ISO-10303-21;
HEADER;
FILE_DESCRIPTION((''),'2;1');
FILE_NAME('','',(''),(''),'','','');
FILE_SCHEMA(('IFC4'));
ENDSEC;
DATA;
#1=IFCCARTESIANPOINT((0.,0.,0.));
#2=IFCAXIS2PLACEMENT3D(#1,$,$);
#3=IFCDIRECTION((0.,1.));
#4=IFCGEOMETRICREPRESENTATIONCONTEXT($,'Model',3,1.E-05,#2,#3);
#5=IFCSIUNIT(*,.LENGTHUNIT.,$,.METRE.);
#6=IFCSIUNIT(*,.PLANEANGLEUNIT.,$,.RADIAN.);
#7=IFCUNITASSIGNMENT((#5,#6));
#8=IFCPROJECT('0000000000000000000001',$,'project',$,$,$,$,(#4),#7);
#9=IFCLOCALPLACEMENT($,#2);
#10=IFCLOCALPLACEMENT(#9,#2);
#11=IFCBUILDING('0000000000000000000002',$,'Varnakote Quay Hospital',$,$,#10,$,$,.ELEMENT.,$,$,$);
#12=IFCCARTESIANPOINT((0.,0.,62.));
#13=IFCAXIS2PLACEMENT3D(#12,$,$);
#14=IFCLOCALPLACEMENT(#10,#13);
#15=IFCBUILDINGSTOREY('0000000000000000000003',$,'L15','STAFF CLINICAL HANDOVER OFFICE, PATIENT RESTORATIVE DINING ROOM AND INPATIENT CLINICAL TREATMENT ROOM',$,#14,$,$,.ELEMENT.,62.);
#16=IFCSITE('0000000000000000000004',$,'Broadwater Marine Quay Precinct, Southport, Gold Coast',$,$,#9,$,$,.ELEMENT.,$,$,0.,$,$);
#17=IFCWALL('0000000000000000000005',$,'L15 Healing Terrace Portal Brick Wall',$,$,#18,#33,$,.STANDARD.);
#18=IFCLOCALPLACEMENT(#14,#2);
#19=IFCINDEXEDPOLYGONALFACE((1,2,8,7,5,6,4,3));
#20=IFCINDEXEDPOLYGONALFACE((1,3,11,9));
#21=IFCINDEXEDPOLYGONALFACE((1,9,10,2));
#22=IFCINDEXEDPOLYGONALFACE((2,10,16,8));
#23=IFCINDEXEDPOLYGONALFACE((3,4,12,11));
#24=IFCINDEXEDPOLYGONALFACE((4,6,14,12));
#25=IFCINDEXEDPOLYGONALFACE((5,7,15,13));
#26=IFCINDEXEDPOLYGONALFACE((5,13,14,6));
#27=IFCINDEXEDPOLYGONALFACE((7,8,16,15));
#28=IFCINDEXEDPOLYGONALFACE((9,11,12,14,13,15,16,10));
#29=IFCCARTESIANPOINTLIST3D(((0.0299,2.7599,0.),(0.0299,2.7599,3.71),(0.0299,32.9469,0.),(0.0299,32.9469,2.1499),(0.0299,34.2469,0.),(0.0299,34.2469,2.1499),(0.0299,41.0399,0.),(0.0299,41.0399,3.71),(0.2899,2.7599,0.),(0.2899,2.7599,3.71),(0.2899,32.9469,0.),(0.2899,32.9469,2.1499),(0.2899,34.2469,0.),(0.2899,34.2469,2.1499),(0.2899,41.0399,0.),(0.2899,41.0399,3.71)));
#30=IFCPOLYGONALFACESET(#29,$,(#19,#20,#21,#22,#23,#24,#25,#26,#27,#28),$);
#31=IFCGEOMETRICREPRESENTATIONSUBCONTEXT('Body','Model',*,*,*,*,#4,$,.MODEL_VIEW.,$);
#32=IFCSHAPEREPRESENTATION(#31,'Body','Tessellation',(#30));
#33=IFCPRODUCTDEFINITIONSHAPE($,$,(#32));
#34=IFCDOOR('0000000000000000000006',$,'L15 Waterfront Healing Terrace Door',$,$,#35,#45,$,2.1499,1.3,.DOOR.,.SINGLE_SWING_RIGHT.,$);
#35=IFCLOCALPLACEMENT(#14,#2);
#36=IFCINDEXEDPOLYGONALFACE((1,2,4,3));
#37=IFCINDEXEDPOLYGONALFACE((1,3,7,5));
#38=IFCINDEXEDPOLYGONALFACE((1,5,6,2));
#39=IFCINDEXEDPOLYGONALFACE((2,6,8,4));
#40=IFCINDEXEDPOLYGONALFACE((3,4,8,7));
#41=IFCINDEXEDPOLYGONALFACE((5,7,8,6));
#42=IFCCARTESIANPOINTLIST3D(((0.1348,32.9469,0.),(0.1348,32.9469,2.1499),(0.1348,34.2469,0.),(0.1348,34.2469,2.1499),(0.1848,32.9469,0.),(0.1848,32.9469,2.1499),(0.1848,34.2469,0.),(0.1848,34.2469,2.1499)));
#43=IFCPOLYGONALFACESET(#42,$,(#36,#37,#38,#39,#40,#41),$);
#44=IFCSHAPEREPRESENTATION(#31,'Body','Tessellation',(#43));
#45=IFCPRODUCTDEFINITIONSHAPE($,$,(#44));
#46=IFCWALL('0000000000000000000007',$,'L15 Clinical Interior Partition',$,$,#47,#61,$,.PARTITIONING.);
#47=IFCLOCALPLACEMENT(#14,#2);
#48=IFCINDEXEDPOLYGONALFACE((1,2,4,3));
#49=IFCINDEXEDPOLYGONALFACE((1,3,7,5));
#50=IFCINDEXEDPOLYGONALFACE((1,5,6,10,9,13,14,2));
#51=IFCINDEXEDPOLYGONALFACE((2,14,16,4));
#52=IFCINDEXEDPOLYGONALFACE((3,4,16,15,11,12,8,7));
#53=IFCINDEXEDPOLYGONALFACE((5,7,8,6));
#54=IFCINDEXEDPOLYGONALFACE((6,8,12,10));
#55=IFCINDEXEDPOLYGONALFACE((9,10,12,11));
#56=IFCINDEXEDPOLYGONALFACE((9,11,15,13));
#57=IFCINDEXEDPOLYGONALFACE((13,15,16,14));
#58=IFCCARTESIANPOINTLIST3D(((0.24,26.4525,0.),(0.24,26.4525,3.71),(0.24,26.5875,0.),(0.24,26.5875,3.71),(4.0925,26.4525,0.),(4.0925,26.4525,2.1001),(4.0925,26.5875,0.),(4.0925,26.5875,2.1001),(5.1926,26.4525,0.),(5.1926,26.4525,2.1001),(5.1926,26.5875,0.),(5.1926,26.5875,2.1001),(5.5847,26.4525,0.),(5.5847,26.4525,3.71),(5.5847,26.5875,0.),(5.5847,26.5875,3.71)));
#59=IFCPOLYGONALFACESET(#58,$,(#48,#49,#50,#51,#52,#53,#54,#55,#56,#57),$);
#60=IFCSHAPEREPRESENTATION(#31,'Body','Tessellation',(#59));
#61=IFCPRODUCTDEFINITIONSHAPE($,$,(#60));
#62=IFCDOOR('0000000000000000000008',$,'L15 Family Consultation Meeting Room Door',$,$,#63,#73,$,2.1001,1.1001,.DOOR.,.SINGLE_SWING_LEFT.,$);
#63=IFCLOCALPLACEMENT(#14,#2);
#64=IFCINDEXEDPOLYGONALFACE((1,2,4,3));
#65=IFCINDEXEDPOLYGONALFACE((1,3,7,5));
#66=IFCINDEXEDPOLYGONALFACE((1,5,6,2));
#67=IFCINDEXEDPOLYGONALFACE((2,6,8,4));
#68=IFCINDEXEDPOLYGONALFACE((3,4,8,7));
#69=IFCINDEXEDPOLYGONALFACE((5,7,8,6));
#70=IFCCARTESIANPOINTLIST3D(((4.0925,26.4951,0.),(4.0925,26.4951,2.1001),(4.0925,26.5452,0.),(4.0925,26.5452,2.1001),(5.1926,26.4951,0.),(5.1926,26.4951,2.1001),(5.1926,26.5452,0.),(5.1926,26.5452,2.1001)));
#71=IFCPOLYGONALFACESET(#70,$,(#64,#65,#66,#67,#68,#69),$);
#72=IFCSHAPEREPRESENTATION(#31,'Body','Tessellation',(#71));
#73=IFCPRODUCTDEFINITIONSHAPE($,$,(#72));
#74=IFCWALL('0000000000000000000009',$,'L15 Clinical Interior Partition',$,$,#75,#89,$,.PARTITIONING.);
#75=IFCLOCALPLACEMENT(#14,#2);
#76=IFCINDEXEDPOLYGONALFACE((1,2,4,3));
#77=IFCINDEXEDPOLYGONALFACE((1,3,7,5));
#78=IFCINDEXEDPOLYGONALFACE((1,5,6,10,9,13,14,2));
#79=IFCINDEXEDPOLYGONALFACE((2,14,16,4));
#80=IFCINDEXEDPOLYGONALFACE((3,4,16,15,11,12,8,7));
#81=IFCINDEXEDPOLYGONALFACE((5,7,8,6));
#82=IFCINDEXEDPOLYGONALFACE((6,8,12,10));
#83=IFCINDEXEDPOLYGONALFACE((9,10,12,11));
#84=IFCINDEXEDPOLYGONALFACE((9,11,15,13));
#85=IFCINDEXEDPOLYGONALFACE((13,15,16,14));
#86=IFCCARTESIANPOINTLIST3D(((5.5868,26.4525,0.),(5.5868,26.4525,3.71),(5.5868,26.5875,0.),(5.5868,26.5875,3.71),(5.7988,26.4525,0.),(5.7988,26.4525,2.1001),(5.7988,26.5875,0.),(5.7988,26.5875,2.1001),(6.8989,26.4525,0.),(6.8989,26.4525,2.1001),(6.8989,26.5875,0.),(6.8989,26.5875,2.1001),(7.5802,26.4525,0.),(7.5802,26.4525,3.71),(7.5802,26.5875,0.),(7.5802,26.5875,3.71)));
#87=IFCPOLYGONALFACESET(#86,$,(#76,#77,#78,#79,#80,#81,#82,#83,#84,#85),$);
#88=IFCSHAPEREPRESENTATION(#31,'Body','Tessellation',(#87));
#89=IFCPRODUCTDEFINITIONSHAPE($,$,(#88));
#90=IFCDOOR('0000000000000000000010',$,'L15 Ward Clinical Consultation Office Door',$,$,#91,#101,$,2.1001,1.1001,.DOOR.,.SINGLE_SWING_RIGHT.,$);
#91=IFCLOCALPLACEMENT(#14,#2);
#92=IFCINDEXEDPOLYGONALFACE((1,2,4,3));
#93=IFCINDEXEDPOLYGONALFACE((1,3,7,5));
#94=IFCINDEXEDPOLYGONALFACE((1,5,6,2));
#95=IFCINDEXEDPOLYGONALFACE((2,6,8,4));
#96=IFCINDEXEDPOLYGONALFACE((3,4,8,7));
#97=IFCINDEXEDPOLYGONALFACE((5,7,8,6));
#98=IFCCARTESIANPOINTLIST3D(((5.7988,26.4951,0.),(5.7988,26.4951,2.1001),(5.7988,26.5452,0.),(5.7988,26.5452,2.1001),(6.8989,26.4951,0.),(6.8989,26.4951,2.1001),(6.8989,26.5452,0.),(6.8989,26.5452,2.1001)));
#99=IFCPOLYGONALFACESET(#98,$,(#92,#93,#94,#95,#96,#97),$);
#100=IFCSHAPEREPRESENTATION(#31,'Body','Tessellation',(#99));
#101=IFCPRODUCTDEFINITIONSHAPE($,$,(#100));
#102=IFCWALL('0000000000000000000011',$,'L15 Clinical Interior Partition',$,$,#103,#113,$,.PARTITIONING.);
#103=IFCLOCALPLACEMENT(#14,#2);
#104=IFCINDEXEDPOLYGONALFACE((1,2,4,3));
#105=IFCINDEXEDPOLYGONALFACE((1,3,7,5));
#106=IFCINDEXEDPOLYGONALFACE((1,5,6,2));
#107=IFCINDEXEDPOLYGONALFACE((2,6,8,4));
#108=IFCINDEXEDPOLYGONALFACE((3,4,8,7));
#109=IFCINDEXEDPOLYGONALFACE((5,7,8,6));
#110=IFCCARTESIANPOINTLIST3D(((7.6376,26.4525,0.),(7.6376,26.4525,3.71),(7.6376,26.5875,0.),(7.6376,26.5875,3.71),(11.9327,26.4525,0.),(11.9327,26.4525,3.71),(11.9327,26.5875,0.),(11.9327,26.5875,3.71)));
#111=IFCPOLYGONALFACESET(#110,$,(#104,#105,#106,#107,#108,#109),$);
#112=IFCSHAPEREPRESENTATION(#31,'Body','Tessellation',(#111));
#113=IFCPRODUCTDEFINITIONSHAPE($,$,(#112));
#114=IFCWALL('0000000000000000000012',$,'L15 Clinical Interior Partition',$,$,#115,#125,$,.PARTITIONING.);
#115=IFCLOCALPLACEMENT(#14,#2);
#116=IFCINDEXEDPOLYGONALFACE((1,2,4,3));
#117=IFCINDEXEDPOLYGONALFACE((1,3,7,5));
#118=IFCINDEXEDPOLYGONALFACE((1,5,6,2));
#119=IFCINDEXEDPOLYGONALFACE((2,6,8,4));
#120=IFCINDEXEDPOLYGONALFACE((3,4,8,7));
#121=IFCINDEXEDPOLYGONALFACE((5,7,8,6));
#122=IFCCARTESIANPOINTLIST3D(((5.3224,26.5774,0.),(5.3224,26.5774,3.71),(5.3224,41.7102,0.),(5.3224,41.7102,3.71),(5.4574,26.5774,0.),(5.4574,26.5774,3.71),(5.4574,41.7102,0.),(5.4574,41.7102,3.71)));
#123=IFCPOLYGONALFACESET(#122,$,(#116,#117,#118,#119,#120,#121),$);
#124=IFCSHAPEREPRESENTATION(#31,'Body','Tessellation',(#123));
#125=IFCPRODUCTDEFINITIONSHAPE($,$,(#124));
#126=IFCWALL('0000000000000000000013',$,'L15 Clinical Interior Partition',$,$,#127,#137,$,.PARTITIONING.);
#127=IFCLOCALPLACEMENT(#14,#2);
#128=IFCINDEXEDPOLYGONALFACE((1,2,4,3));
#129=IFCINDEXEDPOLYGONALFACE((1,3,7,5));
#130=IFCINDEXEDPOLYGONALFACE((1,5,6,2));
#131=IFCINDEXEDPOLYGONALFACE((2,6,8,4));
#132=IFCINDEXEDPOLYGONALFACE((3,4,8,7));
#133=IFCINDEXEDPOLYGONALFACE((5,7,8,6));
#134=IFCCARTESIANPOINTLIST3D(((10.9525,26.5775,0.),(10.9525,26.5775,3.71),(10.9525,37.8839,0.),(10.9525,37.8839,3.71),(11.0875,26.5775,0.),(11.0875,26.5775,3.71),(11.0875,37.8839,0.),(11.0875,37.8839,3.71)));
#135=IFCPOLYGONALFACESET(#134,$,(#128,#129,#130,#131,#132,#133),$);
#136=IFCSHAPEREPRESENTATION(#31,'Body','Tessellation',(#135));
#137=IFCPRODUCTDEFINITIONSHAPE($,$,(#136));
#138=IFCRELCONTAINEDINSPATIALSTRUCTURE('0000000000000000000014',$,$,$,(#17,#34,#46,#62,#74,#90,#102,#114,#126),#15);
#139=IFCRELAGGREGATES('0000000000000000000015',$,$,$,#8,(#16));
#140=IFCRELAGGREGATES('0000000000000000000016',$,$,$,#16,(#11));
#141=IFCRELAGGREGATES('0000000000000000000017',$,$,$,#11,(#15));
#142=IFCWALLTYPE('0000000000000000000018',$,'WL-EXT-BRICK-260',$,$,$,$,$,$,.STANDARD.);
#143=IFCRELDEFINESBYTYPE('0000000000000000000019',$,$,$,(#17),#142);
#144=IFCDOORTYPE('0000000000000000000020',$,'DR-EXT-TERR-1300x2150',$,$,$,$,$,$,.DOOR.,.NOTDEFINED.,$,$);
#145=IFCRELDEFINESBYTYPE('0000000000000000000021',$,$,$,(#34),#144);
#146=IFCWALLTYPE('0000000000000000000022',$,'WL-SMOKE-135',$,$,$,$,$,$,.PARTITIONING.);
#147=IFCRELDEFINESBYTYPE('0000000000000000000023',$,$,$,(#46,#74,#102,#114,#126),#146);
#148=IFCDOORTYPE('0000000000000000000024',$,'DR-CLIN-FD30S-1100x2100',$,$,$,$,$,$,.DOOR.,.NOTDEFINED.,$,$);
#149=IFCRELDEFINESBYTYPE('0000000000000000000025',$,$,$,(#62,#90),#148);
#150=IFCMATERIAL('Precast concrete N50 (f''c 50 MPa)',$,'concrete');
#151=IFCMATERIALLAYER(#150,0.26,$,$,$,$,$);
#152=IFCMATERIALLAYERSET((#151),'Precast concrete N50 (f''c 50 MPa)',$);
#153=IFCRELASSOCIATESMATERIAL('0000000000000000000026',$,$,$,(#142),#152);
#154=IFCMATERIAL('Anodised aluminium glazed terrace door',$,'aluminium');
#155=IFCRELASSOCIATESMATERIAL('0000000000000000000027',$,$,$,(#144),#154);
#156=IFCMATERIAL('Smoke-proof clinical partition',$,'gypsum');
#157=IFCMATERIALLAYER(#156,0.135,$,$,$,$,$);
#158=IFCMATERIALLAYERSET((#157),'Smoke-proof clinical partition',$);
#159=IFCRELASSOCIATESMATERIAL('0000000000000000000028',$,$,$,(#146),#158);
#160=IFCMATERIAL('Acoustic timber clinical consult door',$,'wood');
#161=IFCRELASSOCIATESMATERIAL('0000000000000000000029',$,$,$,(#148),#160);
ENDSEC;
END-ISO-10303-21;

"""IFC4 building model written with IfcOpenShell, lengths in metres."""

from ifc_helpers import new_model, si_unit, direction, frame, frame_2d, origin, place, context, subcontext, project, spatial, rectangle, extrude, material, layer, layer_set, type_object, element, fill, save


model = new_model("IFC4")

# Units and contexts
model_context = context("Model", 3, precision=1e-05, world=origin(), true_north=direction((0.0, 1.0)))
body_context = subcontext(model_context, "Body", "Model", "MODEL_VIEW")
ifc_project = project(units=[si_unit("LENGTHUNIT", "METRE"), si_unit("PLANEANGLEUNIT", "RADIAN")], contexts=[model_context])

# Site, building, storey
site_placement = place(None, origin())
site = spatial("IfcSite", under=ifc_project, at=site_placement, Name="Broadwater Marine Quay Precinct, Southport, Gold Coast", CompositionType="ELEMENT", RefElevation=0.0)
building_placement = place(site_placement, origin())
building = spatial("IfcBuilding", under=site, at=building_placement, Name="Varnakote Quay Hospital", CompositionType="ELEMENT")
storey_placement = place(building_placement, frame((0.0, 0.0, 62.0)))
storey = spatial("IfcBuildingStorey", under=building, at=storey_placement, Name="L15", Description="STAFF CLINICAL HANDOVER OFFICE, PATIENT RESTORATIVE DINING ROOM AND INPATIENT CLINICAL TREATMENT ROOM", CompositionType="ELEMENT", Elevation=62.0)

# Shared definitions
ifc_material_1 = material(Name="Precast concrete N50 (f'c 50 MPa)", Category="concrete")
ifc_layer_1 = layer(ifc_material_1, 0.26)
ifc_layer_set_1 = layer_set([ifc_layer_1], Name="Precast concrete N50 (f'c 50 MPa)")
wall_type_1 = type_object("IfcWallType", Name="WL-EXT-BRICK-260", PredefinedType="STANDARD", material=ifc_layer_set_1)

# Walls, openings, doors
wall_1_placement = place(storey_placement, frame((0.1599, 41.04, 0.0), z_axis=(0.0, 0.0, 1.0), x_axis=(0.0, -1.0, 0.0)))
wall_1 = element("IfcWall", 1, at=wall_1_placement, inside=storey, type_object=wall_type_1, Name="L15 Healing Terrace Portal Brick Wall", PredefinedType="STANDARD", context=body_context, shape_type="SweptSolid", body=[
    extrude(rectangle(XDim=38.28, YDim=0.26, at=frame_2d((19.1401, 0.0))), origin(), (0.0, 0.0, 1.0), 3.71),
])
opening_1_placement = place(wall_1_placement, frame((6.7932, 0.0, 0.0)))
opening_1 = element("IfcOpeningElement", 2, at=opening_1_placement, cuts=wall_1, PredefinedType="OPENING", context=body_context, shape_type="SweptSolid", body=[
    extrude(rectangle(XDim=1.3, YDim=2.1499, at=frame_2d((0.6499, 1.075))), frame((0.0, 0.1399, 0.0), z_axis=(0.0, -1.0, 0.0), x_axis=(1.0, 0.0, 0.0)), (0.0, 0.0, 1.0), 0.28),
])
ifc_material_2 = material(Name="Anodised aluminium glazed terrace door", Category="aluminium")
door_type_1 = type_object("IfcDoorType", Name="DR-EXT-TERR-1300x2150", OperationType="NOTDEFINED", PredefinedType="DOOR", material=ifc_material_2)
door_1_placement = place(opening_1_placement, origin())
door_1 = element("IfcDoor", 3, at=door_1_placement, inside=storey, type_object=door_type_1, Name="L15 Waterfront Healing Terrace Door", OperationType="SINGLE_SWING_RIGHT", OverallHeight=2.1499, OverallWidth=1.3, PredefinedType="DOOR", context=body_context, shape_type="SweptSolid", body=[
    extrude(rectangle(XDim=1.3, YDim=2.1499, at=frame_2d((0.6499, 1.075))), frame((0.0, 0.0249, 0.0), z_axis=(0.0, -1.0, 0.0), x_axis=(1.0, 0.0, 0.0)), (0.0, 0.0, 1.0), 0.05),
])
fill(opening_1, door_1)
ifc_material_3 = material(Name="Smoke-proof clinical partition", Category="gypsum")
ifc_layer_2 = layer(ifc_material_3, 0.135)
ifc_layer_set_2 = layer_set([ifc_layer_2], Name="Smoke-proof clinical partition")
wall_type_2 = type_object("IfcWallType", Name="WL-SMOKE-135", PredefinedType="PARTITIONING", material=ifc_layer_set_2)
wall_2_placement = place(storey_placement, frame((5.5847, 26.52, 0.0), z_axis=(0.0, 0.0, 1.0), x_axis=(-1.0, 0.0, 0.0)))
wall_2 = element("IfcWall", 4, at=wall_2_placement, inside=storey, type_object=wall_type_2, Name="L15 Clinical Interior Partition", PredefinedType="PARTITIONING", context=body_context, shape_type="SweptSolid", body=[
    extrude(rectangle(XDim=5.3447, YDim=0.135, at=frame_2d((2.6724, 0.0))), origin(), (0.0, 0.0, 1.0), 3.71),
])
opening_2_placement = place(wall_2_placement, frame((0.3921, 0.0, 0.0)))
opening_2 = element("IfcOpeningElement", 5, at=opening_2_placement, cuts=wall_2, PredefinedType="OPENING", context=body_context, shape_type="SweptSolid", body=[
    extrude(rectangle(XDim=1.1001, YDim=2.1001, at=frame_2d((0.55, 1.05))), frame((0.0, 0.0774, 0.0), z_axis=(0.0, -1.0, 0.0), x_axis=(1.0, 0.0, 0.0)), (0.0, 0.0, 1.0), 0.155),
])
ifc_material_4 = material(Name="Acoustic timber clinical consult door", Category="wood")
door_type_2 = type_object("IfcDoorType", Name="DR-CLIN-FD30S-1100x2100", OperationType="NOTDEFINED", PredefinedType="DOOR", material=ifc_material_4)
door_2_placement = place(opening_2_placement, origin())
door_2 = element("IfcDoor", 6, at=door_2_placement, inside=storey, type_object=door_type_2, Name="L15 Family Consultation Meeting Room Door", OperationType="SINGLE_SWING_LEFT", OverallHeight=2.1001, OverallWidth=1.1001, PredefinedType="DOOR", context=body_context, shape_type="SweptSolid", body=[
    extrude(rectangle(XDim=1.1001, YDim=2.1001, at=frame_2d((0.55, 1.05))), frame((0.0, 0.0249, 0.0), z_axis=(0.0, -1.0, 0.0), x_axis=(1.0, 0.0, 0.0)), (0.0, 0.0, 1.0), 0.05),
])
fill(opening_2, door_2)
wall_3_placement = place(storey_placement, frame((7.5801, 26.52, 0.0), z_axis=(0.0, 0.0, 1.0), x_axis=(-1.0, 0.0, 0.0)))
wall_3 = element("IfcWall", 7, at=wall_3_placement, inside=storey, type_object=wall_type_2, Name="L15 Clinical Interior Partition", PredefinedType="PARTITIONING", context=body_context, shape_type="SweptSolid", body=[
    extrude(rectangle(XDim=1.9934, YDim=0.135, at=frame_2d((0.9966, 0.0))), origin(), (0.0, 0.0, 1.0), 3.71),
])
opening_3_placement = place(wall_3_placement, frame((0.6812, 0.0, 0.0)))
opening_3 = element("IfcOpeningElement", 8, at=opening_3_placement, cuts=wall_3, PredefinedType="OPENING", context=body_context, shape_type="SweptSolid", body=[
    extrude(rectangle(XDim=1.1001, YDim=2.1001, at=frame_2d((0.55, 1.05))), frame((0.0, 0.0774, 0.0), z_axis=(0.0, -1.0, 0.0), x_axis=(1.0, 0.0, 0.0)), (0.0, 0.0, 1.0), 0.155),
])
door_3_placement = place(opening_3_placement, origin())
door_3 = element("IfcDoor", 9, at=door_3_placement, inside=storey, type_object=door_type_2, Name="L15 Ward Clinical Consultation Office Door", OperationType="SINGLE_SWING_RIGHT", OverallHeight=2.1001, OverallWidth=1.1001, PredefinedType="DOOR", context=body_context, shape_type="SweptSolid", body=[
    extrude(rectangle(XDim=1.1001, YDim=2.1001, at=frame_2d((0.55, 1.05))), frame((0.0, 0.0249, 0.0), z_axis=(0.0, -1.0, 0.0), x_axis=(1.0, 0.0, 0.0)), (0.0, 0.0, 1.0), 0.05),
])
fill(opening_3, door_3)

# Walls
wall_4_placement = place(storey_placement, frame((11.9326, 26.52, 0.0), z_axis=(0.0, 0.0, 1.0), x_axis=(-1.0, 0.0, 0.0)))
element("IfcWall", 10, at=wall_4_placement, inside=storey, type_object=wall_type_2, Name="L15 Clinical Interior Partition", PredefinedType="PARTITIONING", context=body_context, shape_type="SweptSolid", body=[
    extrude(rectangle(XDim=4.2952, YDim=0.135, at=frame_2d((2.1475, 0.0))), origin(), (0.0, 0.0, 1.0), 3.71),
])
wall_5_placement = place(storey_placement, frame((5.3899, 26.5774, 0.0), z_axis=(0.0, 0.0, 1.0), x_axis=(0.0, 1.0, 0.0)))
element("IfcWall", 11, at=wall_5_placement, inside=storey, type_object=wall_type_2, Name="L15 Clinical Interior Partition", PredefinedType="PARTITIONING", context=body_context, shape_type="SweptSolid", body=[
    extrude(rectangle(XDim=15.1328, YDim=0.135, at=frame_2d((7.5664, 0.0))), origin(), (0.0, 0.0, 1.0), 3.71),
])
wall_6_placement = place(storey_placement, frame((11.02, 26.5774, 0.0), z_axis=(0.0, 0.0, 1.0), x_axis=(0.0, 1.0, 0.0)))
element("IfcWall", 12, at=wall_6_placement, inside=storey, type_object=wall_type_2, Name="L15 Clinical Interior Partition", PredefinedType="PARTITIONING", context=body_context, shape_type="SweptSolid", body=[
    extrude(rectangle(XDim=11.3064, YDim=0.135, at=frame_2d((5.6533, 0.0))), origin(), (0.0, 0.0, 1.0), 3.71),
])

save(model, "model.ifc")
